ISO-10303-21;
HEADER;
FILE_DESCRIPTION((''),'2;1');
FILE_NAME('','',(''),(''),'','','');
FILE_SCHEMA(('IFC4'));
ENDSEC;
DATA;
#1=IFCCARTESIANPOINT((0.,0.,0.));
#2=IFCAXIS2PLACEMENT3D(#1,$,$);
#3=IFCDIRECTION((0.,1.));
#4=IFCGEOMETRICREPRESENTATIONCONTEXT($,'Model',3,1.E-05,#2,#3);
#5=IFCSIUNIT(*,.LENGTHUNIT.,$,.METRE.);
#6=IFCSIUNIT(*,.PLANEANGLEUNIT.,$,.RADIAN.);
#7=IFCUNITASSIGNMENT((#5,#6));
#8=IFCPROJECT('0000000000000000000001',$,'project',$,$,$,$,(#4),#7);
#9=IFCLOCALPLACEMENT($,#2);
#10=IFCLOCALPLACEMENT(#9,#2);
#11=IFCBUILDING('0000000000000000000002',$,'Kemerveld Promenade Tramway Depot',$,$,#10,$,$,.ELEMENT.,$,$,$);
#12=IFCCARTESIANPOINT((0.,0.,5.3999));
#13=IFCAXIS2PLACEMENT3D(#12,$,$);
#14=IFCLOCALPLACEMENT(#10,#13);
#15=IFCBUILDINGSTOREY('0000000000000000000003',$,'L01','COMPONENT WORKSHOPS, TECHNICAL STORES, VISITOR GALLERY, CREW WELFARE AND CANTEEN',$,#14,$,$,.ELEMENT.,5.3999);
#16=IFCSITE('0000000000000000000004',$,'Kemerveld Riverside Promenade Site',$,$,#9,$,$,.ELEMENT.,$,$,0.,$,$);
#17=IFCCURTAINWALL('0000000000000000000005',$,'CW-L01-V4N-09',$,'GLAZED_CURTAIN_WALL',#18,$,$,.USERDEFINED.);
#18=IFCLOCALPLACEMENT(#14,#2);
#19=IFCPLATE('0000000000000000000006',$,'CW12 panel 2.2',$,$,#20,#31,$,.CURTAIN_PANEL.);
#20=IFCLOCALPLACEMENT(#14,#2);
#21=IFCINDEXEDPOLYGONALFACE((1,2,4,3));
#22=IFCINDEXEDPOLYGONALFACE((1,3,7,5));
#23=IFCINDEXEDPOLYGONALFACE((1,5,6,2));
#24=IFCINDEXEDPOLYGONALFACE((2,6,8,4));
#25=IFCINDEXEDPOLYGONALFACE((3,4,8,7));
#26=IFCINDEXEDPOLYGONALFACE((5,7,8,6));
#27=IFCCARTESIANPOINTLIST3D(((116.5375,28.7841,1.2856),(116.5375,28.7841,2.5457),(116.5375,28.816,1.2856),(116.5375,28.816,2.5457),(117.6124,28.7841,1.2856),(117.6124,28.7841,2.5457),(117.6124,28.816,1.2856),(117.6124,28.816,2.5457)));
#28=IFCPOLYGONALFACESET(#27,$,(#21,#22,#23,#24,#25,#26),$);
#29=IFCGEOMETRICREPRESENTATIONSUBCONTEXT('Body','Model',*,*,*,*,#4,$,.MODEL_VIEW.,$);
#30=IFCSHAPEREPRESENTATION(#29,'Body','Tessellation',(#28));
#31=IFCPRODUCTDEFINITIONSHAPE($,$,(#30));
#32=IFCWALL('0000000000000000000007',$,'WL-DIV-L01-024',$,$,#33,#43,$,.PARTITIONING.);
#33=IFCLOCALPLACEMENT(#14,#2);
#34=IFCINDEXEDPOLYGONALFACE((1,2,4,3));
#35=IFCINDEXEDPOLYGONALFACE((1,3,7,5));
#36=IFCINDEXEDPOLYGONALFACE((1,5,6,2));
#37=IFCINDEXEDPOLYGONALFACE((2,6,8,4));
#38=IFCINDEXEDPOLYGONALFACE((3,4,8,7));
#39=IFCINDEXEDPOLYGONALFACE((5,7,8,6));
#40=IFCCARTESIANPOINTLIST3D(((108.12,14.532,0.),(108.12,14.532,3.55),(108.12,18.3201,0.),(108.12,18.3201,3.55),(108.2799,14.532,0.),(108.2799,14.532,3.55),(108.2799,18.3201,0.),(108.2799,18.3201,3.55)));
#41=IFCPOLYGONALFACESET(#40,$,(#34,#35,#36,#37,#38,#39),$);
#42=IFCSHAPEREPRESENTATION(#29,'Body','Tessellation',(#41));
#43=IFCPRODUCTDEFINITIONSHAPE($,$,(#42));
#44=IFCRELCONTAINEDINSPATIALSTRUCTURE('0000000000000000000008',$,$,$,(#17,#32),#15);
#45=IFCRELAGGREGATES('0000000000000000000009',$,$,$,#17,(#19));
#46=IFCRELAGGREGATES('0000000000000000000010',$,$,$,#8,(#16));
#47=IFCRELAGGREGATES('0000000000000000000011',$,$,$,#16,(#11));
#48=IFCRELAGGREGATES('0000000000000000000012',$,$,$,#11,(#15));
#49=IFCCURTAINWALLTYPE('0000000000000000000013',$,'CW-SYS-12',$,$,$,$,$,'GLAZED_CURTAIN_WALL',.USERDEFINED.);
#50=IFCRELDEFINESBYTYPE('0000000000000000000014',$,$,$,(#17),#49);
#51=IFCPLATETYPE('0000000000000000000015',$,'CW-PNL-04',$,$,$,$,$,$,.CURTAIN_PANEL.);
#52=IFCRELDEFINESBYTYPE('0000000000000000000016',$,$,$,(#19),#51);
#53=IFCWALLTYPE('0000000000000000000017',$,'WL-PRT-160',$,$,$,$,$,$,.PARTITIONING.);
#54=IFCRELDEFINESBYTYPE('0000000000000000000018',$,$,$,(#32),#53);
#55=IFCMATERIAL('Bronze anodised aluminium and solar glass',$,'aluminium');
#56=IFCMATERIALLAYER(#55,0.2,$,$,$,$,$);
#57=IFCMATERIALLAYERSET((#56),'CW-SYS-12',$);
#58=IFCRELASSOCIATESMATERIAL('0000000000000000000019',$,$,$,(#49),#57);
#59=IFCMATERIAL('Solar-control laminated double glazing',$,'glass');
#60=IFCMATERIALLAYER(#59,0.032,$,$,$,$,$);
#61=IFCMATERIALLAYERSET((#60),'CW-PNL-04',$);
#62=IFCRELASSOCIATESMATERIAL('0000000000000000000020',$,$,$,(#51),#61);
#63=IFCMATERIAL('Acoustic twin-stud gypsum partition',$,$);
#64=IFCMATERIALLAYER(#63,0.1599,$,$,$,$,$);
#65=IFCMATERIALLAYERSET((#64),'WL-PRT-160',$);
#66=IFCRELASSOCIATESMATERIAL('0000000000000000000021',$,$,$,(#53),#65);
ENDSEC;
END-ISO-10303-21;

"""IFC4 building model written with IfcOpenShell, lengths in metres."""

from ifc_helpers import new_model, si_unit, direction, frame, frame_2d, origin, origin_2d, place, context, subcontext, project, spatial, rectangle, extrude, material, layer, layer_set, type_object, element, aggregate, save


model = new_model("IFC4")

# Units and contexts
model_context = context("Model", 3, precision=1e-05, world=origin(), true_north=direction((0.0, 1.0)))
body_context = subcontext(model_context, "Body", "Model", "MODEL_VIEW")
ifc_project = project(units=[si_unit("LENGTHUNIT", "METRE"), si_unit("PLANEANGLEUNIT", "RADIAN")], contexts=[model_context])

# Site, building, storey
site_placement = place(None, origin())
site = spatial("IfcSite", under=ifc_project, at=site_placement, Name="Kemerveld Riverside Promenade Site", CompositionType="ELEMENT", RefElevation=0.0)
building_placement = place(site_placement, origin())
building = spatial("IfcBuilding", under=site, at=building_placement, Name="Kemerveld Promenade Tramway Depot", CompositionType="ELEMENT")
storey_placement = place(building_placement, frame((0.0, 0.0, 5.3999)))
storey = spatial("IfcBuildingStorey", under=building, at=storey_placement, Name="L01", Description="COMPONENT WORKSHOPS, TECHNICAL STORES, VISITOR GALLERY, CREW WELFARE AND CANTEEN", CompositionType="ELEMENT", Elevation=5.3999)

# Curtain wall, plate
ifc_material_1 = material(Name="Bronze anodised aluminium and solar glass", Category="aluminium")
ifc_layer_1 = layer(ifc_material_1, 0.2)
ifc_layer_set_1 = layer_set([ifc_layer_1], Name="CW-SYS-12")
curtain_wall_type = type_object("IfcCurtainWallType", Name="CW-SYS-12", ElementType="GLAZED_CURTAIN_WALL", PredefinedType="USERDEFINED", material=ifc_layer_set_1)
curtain_wall_placement = place(storey_placement, origin())
curtain_wall = element("IfcCurtainWall", 1, at=curtain_wall_placement, inside=storey, type_object=curtain_wall_type, Name="CW-L01-V4N-09", ObjectType="GLAZED_CURTAIN_WALL", PredefinedType="USERDEFINED")
ifc_material_2 = material(Name="Solar-control laminated double glazing", Category="glass")
ifc_layer_2 = layer(ifc_material_2, 0.032)
ifc_layer_set_2 = layer_set([ifc_layer_2], Name="CW-PNL-04")
plate_type = type_object("IfcPlateType", Name="CW-PNL-04", PredefinedType="CURTAIN_PANEL", material=ifc_layer_set_2)
plate_1_placement = place(storey_placement, frame((117.075, 28.8, 1.2856), z_axis=(0.0, 0.0, 1.0), x_axis=(1.0, 0.0, 0.0)))
plate_1 = element("IfcPlate", 2, at=plate_1_placement, type_object=plate_type, Name="CW12 panel 2.2", PredefinedType="CURTAIN_PANEL", context=body_context, shape_type="SweptSolid", body=[
    extrude(rectangle(XDim=1.075, YDim=0.032, at=origin_2d()), origin(), (0.0, 0.0, 1.0), 1.26),
])
aggregate(curtain_wall, [plate_1])

# Wall
ifc_material_3 = material(Name="Acoustic twin-stud gypsum partition")
ifc_layer_3 = layer(ifc_material_3, 0.1599)
ifc_layer_set_3 = layer_set([ifc_layer_3], Name="WL-PRT-160")
wall_type = type_object("IfcWallType", Name="WL-PRT-160", PredefinedType="PARTITIONING", material=ifc_layer_set_3)
wall_placement = place(storey_placement, frame((108.2, 14.532, 0.0), z_axis=(0.0, 0.0, 1.0), x_axis=(0.0, 1.0, 0.0)))
element("IfcWall", 3, at=wall_placement, inside=storey, type_object=wall_type, Name="WL-DIV-L01-024", PredefinedType="PARTITIONING", context=body_context, shape_type="SweptSolid", body=[
    extrude(rectangle(XDim=3.7881, YDim=0.1599, at=frame_2d((1.894, 0.0))), origin(), (0.0, 0.0, 1.0), 3.55),
])

save(model, "model.ifc")
